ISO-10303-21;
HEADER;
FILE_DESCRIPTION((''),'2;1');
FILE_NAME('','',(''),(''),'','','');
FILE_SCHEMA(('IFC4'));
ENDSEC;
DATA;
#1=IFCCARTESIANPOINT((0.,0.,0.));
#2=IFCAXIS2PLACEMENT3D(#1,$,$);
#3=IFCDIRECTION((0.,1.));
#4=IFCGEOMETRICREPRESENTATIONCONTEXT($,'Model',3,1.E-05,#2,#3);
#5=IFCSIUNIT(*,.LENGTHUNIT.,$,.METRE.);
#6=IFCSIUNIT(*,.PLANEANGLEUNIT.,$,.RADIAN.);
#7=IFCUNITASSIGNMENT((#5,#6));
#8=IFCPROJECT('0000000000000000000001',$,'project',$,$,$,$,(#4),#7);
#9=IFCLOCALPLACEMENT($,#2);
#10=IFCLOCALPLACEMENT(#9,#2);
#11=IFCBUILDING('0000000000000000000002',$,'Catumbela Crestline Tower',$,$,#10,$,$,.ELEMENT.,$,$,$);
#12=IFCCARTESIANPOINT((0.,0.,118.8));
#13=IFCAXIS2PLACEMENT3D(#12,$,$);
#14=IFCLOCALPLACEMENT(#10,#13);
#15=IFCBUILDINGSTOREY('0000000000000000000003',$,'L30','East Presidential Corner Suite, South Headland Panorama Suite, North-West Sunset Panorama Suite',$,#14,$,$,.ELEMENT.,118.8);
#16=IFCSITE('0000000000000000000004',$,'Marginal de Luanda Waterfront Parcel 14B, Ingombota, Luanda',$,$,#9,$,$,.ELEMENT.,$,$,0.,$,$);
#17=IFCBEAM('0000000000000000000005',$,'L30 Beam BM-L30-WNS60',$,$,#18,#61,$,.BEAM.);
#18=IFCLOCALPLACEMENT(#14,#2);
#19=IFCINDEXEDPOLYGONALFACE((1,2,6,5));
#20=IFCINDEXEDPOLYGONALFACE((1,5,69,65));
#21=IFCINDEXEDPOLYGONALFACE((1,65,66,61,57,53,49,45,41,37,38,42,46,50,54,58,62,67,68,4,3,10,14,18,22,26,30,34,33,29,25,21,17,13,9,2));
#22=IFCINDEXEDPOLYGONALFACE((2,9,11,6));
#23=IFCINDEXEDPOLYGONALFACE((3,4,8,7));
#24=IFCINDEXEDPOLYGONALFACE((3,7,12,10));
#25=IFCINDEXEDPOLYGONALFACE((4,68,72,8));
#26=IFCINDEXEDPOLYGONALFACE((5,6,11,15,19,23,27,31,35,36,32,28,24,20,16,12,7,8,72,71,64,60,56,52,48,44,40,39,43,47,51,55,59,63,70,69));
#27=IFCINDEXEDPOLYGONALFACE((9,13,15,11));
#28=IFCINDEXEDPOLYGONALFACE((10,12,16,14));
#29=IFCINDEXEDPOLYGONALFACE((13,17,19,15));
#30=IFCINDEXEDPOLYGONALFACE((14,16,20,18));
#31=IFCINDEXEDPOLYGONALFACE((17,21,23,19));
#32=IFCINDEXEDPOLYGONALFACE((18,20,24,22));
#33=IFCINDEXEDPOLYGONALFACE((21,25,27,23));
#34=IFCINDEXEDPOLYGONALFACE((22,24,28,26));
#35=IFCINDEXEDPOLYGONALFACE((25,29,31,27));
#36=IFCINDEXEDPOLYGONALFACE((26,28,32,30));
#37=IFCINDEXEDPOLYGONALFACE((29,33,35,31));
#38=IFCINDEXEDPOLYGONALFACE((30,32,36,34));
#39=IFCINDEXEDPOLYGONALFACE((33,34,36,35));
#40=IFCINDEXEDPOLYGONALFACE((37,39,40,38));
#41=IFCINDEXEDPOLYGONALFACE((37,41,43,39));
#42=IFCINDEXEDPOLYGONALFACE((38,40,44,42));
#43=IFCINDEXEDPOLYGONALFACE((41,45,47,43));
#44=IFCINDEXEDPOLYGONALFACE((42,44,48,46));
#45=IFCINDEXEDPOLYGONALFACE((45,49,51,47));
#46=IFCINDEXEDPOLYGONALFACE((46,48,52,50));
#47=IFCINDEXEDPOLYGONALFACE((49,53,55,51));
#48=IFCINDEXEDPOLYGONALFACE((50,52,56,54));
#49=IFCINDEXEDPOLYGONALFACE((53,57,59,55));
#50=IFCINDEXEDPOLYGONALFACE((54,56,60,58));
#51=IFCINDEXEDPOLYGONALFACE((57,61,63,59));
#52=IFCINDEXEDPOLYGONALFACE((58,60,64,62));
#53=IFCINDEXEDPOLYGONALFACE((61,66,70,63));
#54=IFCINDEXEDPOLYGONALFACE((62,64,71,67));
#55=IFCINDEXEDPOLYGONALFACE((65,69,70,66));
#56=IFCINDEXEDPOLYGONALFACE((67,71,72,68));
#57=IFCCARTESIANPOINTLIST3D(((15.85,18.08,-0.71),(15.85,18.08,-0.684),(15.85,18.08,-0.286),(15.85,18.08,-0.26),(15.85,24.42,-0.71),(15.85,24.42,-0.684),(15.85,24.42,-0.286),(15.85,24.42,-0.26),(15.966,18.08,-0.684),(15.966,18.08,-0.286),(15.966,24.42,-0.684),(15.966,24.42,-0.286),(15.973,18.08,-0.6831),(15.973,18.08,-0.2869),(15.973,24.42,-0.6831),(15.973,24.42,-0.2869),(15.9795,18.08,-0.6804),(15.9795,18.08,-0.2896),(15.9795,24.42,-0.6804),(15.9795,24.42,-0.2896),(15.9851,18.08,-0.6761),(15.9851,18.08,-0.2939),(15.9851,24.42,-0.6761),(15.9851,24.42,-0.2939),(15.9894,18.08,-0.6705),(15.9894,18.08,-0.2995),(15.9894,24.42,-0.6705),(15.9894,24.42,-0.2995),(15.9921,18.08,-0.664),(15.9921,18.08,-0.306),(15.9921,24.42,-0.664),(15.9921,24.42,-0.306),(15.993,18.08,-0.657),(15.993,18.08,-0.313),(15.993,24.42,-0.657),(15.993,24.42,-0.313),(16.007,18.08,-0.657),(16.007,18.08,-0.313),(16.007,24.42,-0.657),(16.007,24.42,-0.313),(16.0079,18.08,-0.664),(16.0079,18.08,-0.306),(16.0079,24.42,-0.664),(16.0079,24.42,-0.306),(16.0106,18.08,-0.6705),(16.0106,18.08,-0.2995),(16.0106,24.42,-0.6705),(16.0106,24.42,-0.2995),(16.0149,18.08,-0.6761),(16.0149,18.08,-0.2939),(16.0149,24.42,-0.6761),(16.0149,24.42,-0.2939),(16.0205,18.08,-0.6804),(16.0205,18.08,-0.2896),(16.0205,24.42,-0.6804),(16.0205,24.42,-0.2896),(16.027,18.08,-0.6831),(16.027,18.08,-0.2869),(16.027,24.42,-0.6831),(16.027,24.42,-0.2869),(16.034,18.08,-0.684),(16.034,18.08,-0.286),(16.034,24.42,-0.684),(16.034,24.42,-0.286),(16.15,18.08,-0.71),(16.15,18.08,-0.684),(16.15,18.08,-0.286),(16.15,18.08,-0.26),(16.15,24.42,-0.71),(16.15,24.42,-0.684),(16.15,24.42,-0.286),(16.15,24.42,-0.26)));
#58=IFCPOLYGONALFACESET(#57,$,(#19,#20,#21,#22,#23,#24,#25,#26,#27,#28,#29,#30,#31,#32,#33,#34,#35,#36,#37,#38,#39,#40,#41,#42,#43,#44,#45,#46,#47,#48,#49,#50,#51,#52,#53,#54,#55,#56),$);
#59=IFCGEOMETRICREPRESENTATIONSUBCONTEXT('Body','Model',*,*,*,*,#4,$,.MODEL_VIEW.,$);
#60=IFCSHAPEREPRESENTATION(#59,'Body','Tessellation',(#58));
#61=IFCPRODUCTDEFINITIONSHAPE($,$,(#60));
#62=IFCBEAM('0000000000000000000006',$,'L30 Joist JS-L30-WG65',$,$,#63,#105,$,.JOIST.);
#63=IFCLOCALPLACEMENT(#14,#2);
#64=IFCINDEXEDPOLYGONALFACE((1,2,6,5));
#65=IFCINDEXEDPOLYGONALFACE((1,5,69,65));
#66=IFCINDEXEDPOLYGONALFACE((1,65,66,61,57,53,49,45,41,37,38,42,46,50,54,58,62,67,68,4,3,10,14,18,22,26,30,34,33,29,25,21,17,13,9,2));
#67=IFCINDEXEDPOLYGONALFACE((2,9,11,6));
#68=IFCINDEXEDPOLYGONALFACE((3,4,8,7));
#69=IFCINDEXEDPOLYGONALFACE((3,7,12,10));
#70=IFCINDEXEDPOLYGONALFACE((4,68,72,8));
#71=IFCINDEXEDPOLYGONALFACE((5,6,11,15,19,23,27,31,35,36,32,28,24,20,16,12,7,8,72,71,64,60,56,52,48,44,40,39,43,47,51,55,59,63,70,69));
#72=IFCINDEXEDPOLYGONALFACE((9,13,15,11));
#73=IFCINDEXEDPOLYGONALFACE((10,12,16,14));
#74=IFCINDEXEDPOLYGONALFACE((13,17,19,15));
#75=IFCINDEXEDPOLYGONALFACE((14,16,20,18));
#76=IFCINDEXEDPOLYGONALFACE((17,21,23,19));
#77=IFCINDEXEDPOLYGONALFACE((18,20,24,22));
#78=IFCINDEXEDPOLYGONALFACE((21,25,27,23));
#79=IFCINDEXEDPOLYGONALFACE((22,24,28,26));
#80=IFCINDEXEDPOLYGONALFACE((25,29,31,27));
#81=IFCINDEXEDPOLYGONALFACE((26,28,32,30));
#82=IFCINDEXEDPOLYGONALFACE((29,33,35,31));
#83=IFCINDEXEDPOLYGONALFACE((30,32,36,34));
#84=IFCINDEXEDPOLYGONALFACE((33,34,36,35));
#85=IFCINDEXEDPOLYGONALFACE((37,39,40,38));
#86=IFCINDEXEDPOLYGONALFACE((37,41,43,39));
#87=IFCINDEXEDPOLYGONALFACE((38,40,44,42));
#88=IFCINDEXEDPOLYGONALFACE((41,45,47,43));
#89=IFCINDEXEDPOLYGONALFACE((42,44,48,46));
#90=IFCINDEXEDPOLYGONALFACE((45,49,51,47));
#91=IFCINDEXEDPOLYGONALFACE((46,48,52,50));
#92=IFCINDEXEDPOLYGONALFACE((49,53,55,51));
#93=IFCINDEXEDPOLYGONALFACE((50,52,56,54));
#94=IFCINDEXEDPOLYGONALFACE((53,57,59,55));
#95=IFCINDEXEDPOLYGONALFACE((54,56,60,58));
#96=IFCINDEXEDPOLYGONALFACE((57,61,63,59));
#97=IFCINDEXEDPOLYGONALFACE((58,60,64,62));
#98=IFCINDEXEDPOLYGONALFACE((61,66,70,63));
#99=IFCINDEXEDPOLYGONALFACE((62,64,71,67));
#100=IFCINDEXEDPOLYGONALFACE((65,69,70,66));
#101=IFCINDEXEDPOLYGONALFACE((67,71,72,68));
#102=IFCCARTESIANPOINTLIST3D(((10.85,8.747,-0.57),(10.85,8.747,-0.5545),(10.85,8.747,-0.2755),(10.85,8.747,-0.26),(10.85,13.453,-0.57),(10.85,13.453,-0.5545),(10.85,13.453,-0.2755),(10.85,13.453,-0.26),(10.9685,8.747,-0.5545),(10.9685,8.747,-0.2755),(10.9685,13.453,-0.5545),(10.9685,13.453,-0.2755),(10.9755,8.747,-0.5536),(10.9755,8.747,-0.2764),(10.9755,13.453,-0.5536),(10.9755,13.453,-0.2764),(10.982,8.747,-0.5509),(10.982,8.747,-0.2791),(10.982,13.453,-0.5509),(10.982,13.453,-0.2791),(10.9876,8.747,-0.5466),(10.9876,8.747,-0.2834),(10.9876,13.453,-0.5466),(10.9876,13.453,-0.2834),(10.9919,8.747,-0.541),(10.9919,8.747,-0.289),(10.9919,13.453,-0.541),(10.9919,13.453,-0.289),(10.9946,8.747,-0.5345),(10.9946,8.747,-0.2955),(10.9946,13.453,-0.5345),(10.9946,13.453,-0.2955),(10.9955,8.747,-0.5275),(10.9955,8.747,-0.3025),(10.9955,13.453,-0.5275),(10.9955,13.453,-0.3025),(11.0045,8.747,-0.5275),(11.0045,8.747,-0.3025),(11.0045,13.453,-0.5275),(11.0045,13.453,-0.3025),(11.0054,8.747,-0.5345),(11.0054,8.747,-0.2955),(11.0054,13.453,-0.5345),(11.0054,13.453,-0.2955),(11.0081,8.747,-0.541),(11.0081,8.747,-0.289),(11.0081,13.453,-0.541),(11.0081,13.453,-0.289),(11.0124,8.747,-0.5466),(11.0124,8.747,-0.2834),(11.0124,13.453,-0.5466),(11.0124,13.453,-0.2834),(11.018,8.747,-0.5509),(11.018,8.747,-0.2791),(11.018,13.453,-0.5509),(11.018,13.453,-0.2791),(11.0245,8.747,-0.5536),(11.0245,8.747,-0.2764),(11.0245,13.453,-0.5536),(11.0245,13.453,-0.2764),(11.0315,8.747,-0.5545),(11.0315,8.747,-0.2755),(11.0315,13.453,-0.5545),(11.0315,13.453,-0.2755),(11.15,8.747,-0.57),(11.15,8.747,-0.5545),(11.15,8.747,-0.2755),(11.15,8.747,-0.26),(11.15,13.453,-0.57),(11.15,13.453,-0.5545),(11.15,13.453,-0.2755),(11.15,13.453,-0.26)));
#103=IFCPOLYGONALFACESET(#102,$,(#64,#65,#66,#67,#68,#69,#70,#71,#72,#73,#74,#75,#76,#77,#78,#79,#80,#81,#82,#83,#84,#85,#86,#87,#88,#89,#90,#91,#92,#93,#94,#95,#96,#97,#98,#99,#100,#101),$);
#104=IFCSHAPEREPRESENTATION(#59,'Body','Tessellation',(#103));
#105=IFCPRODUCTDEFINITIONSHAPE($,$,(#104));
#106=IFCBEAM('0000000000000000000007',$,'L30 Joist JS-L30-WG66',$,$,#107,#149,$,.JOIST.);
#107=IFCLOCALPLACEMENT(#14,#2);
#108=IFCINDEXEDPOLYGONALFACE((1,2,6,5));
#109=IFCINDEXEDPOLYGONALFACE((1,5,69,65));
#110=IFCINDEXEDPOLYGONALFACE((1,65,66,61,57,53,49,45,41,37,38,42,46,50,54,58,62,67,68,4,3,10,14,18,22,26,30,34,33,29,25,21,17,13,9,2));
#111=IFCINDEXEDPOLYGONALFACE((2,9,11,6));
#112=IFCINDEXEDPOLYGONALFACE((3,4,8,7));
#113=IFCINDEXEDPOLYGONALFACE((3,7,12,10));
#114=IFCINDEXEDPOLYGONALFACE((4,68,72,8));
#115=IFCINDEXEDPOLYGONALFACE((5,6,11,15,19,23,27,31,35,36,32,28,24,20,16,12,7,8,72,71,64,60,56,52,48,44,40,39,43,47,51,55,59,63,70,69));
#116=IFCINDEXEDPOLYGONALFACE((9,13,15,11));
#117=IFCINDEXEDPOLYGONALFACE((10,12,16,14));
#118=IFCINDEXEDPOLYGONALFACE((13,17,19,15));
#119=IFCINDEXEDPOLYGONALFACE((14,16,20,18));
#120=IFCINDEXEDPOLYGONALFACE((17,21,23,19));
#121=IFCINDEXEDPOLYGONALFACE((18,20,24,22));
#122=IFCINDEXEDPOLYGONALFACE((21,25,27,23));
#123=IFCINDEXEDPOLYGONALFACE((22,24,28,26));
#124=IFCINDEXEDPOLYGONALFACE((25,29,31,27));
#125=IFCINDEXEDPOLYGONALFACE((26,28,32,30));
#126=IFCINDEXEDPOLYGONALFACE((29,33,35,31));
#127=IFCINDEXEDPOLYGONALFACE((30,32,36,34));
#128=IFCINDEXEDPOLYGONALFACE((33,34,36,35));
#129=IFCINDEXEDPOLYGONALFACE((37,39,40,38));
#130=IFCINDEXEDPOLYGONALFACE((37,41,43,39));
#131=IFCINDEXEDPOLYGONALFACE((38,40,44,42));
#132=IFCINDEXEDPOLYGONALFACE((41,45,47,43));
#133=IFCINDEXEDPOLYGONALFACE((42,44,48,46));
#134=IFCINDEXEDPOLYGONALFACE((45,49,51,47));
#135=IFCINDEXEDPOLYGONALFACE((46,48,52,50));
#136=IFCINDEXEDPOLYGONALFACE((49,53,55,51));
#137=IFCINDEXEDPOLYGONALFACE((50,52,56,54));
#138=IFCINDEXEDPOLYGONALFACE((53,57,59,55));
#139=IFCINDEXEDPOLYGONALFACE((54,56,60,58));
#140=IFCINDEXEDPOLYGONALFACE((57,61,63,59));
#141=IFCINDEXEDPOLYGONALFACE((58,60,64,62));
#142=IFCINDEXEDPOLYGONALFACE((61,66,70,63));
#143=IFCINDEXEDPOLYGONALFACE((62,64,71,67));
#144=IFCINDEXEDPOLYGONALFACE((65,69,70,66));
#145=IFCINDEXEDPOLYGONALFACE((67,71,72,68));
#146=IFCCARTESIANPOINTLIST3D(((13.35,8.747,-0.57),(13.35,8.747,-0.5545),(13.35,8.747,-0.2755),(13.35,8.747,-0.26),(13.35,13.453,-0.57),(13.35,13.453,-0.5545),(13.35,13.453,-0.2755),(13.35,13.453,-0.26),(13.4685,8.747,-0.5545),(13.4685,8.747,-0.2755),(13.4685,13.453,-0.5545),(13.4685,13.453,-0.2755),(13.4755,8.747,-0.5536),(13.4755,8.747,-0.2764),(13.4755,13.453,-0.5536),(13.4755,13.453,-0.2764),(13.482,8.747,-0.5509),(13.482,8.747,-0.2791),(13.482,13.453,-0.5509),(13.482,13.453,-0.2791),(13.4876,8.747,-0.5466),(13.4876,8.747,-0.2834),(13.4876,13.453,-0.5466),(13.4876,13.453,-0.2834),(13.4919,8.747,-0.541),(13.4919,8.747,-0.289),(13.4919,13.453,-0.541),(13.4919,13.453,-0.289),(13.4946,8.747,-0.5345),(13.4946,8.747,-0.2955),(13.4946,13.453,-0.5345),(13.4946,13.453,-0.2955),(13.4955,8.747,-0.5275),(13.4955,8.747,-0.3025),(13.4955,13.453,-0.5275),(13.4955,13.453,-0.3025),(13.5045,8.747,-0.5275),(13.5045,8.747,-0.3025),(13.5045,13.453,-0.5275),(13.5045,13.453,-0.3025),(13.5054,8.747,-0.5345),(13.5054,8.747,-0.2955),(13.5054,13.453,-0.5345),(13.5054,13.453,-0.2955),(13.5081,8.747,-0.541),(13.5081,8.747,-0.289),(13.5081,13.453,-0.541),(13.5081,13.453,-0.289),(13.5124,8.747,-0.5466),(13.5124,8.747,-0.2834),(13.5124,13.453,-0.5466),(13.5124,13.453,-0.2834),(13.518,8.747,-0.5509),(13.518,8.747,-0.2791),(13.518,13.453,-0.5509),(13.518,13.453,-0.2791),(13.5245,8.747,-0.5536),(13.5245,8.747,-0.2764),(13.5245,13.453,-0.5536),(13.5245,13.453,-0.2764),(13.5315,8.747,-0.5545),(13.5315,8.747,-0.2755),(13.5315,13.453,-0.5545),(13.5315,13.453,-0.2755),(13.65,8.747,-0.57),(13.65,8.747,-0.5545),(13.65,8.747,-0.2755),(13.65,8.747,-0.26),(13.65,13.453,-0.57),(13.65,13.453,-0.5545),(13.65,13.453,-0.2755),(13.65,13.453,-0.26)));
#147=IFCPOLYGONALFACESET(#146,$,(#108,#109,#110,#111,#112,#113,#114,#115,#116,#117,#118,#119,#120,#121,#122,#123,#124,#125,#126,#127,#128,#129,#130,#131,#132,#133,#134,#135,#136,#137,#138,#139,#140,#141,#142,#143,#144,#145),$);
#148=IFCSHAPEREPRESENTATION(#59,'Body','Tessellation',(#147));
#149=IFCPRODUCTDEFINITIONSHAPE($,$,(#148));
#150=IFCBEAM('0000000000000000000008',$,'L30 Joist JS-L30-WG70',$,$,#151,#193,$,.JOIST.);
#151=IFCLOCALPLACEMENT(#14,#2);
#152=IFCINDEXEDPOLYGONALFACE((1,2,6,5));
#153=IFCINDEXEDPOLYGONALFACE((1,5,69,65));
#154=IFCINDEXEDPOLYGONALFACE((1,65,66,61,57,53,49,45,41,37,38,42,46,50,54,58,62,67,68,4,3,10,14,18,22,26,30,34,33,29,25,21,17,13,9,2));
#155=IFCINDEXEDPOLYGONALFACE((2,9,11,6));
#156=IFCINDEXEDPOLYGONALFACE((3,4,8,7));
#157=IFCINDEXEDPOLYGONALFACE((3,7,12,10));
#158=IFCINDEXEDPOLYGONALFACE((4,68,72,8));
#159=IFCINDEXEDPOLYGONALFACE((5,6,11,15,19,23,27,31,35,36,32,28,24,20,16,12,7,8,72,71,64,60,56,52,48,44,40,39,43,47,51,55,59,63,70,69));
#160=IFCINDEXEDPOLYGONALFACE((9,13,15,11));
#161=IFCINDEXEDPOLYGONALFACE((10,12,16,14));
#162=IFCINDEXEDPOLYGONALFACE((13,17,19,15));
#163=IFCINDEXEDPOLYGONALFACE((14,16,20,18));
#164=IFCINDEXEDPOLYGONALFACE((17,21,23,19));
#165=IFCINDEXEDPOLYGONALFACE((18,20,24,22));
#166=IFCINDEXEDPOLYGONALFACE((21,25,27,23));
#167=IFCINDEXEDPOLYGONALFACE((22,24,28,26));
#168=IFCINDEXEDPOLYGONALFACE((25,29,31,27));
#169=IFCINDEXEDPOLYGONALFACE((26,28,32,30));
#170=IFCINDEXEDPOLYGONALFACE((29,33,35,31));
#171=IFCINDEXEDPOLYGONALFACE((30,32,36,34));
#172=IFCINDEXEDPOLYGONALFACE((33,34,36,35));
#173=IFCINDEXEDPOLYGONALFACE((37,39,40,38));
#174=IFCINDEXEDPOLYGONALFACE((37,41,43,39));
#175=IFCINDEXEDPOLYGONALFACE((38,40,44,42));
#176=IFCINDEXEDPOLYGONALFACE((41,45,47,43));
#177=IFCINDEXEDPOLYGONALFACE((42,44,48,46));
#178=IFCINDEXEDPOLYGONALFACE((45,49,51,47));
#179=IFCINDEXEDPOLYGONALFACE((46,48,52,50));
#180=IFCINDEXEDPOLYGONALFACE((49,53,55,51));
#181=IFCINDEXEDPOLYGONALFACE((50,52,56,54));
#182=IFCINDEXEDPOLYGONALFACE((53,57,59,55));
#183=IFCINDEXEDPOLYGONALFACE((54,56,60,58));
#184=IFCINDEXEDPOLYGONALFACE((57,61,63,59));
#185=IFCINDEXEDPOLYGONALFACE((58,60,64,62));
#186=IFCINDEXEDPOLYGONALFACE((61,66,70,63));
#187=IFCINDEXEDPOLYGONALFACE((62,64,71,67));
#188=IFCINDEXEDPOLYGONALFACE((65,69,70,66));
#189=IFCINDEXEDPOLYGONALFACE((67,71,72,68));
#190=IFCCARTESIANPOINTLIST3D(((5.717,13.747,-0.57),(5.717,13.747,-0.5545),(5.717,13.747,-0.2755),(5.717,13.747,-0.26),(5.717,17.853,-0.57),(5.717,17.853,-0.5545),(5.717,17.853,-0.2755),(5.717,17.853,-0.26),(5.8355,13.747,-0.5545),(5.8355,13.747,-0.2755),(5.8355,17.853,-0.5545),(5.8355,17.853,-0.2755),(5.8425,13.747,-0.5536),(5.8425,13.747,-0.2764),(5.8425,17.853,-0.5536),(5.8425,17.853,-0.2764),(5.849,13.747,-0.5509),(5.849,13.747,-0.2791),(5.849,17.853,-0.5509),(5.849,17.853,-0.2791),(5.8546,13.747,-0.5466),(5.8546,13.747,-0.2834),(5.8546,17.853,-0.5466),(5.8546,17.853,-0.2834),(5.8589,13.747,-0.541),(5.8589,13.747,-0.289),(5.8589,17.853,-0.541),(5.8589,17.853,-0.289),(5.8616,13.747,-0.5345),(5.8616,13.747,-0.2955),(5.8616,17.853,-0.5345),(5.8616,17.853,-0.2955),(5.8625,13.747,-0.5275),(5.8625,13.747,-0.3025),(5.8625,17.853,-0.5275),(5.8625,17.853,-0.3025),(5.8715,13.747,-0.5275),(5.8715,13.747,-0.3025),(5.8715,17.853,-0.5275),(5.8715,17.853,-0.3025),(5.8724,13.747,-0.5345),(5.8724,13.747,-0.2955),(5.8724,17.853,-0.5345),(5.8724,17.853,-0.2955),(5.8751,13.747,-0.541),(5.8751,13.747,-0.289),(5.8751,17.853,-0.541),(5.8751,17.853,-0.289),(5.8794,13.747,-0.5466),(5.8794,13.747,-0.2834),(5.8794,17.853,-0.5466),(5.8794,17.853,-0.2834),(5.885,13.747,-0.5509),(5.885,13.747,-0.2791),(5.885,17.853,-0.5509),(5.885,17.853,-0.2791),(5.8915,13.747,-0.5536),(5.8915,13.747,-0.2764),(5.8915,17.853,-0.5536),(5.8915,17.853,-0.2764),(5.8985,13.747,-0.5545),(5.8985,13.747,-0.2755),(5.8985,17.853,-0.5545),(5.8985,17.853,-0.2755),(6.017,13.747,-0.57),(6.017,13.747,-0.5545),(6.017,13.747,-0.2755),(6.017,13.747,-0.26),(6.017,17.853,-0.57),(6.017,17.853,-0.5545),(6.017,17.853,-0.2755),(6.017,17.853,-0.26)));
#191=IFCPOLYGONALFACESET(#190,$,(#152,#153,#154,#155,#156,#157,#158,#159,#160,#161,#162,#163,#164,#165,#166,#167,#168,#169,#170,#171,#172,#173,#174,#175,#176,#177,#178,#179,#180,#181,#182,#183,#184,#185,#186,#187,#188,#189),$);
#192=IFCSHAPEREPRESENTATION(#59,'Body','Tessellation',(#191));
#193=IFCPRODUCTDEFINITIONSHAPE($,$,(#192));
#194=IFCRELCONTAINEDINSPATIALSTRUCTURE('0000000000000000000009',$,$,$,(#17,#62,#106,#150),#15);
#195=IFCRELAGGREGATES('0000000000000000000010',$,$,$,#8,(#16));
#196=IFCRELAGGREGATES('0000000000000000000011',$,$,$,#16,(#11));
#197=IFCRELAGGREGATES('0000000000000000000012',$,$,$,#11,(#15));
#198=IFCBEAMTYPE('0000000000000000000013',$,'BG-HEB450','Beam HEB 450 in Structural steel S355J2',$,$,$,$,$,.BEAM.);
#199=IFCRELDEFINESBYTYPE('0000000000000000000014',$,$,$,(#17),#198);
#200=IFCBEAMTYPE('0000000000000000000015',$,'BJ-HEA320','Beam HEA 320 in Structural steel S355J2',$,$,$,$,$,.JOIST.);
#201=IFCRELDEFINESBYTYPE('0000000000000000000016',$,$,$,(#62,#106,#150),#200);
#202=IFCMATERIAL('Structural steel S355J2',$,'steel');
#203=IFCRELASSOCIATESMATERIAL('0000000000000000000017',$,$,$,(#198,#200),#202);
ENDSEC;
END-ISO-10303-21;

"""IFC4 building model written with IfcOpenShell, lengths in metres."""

from ifc_helpers import new_model, si_unit, direction, frame, origin, origin_2d, place, context, subcontext, project, spatial, i_section, extrude, material, material_profile, profile_set, type_object, element, save


model = new_model("IFC4")

# Units and contexts
model_context = context("Model", 3, precision=1e-05, world=origin(), true_north=direction((0.0, 1.0)))
body_context = subcontext(model_context, "Body", "Model", "MODEL_VIEW")
ifc_project = project(units=[si_unit("LENGTHUNIT", "METRE"), si_unit("PLANEANGLEUNIT", "RADIAN")], contexts=[model_context])

# Site, building, storey
site_placement = place(None, origin())
site = spatial("IfcSite", under=ifc_project, at=site_placement, Name="Marginal de Luanda Waterfront Parcel 14B, Ingombota, Luanda", CompositionType="ELEMENT", RefElevation=0.0)
building_placement = place(site_placement, origin())
building = spatial("IfcBuilding", under=site, at=building_placement, Name="Catumbela Crestline Tower", CompositionType="ELEMENT")
storey_placement = place(building_placement, frame((0.0, 0.0, 118.8)))
storey = spatial("IfcBuildingStorey", under=building, at=storey_placement, Name="L30", Description="East Presidential Corner Suite, South Headland Panorama Suite, North-West Sunset Panorama Suite", CompositionType="ELEMENT", Elevation=118.8)

# Beams
ifc_material_1 = material(Name="Structural steel S355J2", Category="steel")
ifc_material_profile_1 = material_profile(ifc_material_1, i_section(OverallWidth=0.3, OverallDepth=0.45, WebThickness=0.014, FlangeThickness=0.026, FilletRadius=0.027, at=origin_2d()), Name="HEB 450")
ifc_profile_set_1 = profile_set([ifc_material_profile_1], Name="Structural steel S355J2")
beam_type_1 = type_object("IfcBeamType", Name="BG-HEB450", Description="Beam HEB 450 in Structural steel S355J2", PredefinedType="BEAM", material=ifc_profile_set_1)
beam_1_placement = place(storey_placement, frame((16.0, 18.08, -0.485), z_axis=(0.0, 1.0, 0.0), x_axis=(-1.0, 0.0, 0.0)))
element("IfcBeam", 1, at=beam_1_placement, inside=storey, type_object=beam_type_1, Name="L30 Beam BM-L30-WNS60", PredefinedType="BEAM", context=body_context, shape_type="SweptSolid", body=[
    extrude(i_section(OverallWidth=0.3, OverallDepth=0.45, WebThickness=0.014, FlangeThickness=0.026, FilletRadius=0.027, at=origin_2d()), origin(), (0.0, 0.0, 1.0), 6.34),
])
ifc_material_profile_2 = material_profile(ifc_material_1, i_section(OverallWidth=0.3, OverallDepth=0.31, WebThickness=0.009, FlangeThickness=0.0155, FilletRadius=0.027, at=origin_2d()), Name="HEA 320")
ifc_profile_set_2 = profile_set([ifc_material_profile_2], Name="Structural steel S355J2")
beam_type_2 = type_object("IfcBeamType", Name="BJ-HEA320", Description="Beam HEA 320 in Structural steel S355J2", PredefinedType="JOIST", material=ifc_profile_set_2)
for number, where, z_axis, x_axis, name in (
    (2, (11.0, 8.747, -0.415), (0.0, 1.0, 0.0), (-1.0, 0.0, 0.0), "L30 Joist JS-L30-WG65"),
    (3, (13.5, 8.747, -0.415), (0.0, 1.0, 0.0), (-1.0, 0.0, 0.0), "L30 Joist JS-L30-WG66"),
):
    element("IfcBeam", number, at=place(storey_placement, frame(where, z_axis=z_axis, x_axis=x_axis)), inside=storey, type_object=beam_type_2, Name=name, PredefinedType="JOIST", context=body_context, shape_type="SweptSolid", body=[
        extrude(i_section(OverallWidth=0.3, OverallDepth=0.31, WebThickness=0.009, FlangeThickness=0.0155, FilletRadius=0.027, at=origin_2d()), origin(), (0.0, 0.0, 1.0), 4.706),
    ])
for number, where, z_axis, x_axis, name in (
    (4, (5.867, 13.747, -0.415), (0.0, 1.0, 0.0), (-1.0, 0.0, 0.0), "L30 Joist JS-L30-WG70"),
):
    element("IfcBeam", number, at=place(storey_placement, frame(where, z_axis=z_axis, x_axis=x_axis)), inside=storey, type_object=beam_type_2, Name=name, PredefinedType="JOIST", context=body_context, shape_type="SweptSolid", body=[
        extrude(i_section(OverallWidth=0.3, OverallDepth=0.31, WebThickness=0.009, FlangeThickness=0.0155, FilletRadius=0.027, at=origin_2d()), origin(), (0.0, 0.0, 1.0), 4.106),
    ])

save(model, "model.ifc")
